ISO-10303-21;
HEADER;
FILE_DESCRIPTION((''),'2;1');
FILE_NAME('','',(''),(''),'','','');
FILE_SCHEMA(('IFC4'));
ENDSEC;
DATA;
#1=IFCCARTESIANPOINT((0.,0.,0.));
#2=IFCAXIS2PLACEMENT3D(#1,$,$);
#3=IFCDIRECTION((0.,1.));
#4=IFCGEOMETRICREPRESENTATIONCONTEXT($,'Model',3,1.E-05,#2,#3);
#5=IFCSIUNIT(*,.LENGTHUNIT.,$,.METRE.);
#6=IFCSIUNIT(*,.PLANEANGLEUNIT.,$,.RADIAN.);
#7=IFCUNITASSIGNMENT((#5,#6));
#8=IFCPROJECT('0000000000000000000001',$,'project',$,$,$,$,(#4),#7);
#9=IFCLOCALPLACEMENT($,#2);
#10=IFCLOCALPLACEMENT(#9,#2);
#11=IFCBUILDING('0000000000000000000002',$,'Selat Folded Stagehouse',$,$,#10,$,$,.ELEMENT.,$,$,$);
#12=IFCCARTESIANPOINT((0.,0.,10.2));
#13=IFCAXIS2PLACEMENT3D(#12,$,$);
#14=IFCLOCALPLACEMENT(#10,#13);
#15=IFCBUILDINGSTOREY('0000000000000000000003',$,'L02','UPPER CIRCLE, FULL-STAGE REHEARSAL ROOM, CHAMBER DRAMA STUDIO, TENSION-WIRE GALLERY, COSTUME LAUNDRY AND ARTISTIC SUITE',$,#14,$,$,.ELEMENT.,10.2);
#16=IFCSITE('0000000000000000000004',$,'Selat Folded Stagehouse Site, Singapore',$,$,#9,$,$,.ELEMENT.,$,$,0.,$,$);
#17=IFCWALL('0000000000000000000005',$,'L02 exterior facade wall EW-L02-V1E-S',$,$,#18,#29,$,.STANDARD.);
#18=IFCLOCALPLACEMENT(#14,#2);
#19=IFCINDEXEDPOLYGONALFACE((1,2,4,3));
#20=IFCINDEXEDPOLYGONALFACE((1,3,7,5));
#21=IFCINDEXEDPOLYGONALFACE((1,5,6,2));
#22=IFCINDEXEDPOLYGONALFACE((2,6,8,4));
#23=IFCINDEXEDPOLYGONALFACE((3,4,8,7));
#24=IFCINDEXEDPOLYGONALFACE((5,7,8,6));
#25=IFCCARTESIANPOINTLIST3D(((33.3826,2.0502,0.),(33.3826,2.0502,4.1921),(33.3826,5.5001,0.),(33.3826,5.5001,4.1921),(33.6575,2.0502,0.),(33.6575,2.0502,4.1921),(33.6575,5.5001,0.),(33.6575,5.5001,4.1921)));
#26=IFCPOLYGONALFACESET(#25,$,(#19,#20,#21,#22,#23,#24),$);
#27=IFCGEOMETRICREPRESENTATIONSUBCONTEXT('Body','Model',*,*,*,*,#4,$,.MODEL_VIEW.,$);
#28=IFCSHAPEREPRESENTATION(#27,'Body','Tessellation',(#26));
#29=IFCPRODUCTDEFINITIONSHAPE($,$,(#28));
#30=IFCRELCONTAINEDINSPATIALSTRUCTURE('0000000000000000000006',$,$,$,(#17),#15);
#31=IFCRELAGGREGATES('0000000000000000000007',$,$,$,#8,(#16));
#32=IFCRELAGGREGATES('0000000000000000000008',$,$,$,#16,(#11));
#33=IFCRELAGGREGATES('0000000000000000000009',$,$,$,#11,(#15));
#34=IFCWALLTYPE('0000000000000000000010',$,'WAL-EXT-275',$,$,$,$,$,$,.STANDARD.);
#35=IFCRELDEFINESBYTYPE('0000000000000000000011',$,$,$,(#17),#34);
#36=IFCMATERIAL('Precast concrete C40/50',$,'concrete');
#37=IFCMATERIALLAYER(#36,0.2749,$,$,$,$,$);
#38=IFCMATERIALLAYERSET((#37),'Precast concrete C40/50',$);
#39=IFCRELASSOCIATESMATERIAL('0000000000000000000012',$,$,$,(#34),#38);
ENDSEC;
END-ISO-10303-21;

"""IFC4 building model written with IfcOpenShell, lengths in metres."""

from ifc_helpers import new_model, si_unit, direction, frame, frame_2d, origin, place, context, subcontext, project, spatial, rectangle, extrude, material, layer, layer_set, type_object, element, save


model = new_model("IFC4")

# Units and contexts
model_context = context("Model", 3, precision=1e-05, world=origin(), true_north=direction((0.0, 1.0)))
body_context = subcontext(model_context, "Body", "Model", "MODEL_VIEW")
ifc_project = project(units=[si_unit("LENGTHUNIT", "METRE"), si_unit("PLANEANGLEUNIT", "RADIAN")], contexts=[model_context])

# Site, building, storey
site_placement = place(None, origin())
site = spatial("IfcSite", under=ifc_project, at=site_placement, Name="Selat Folded Stagehouse Site, Singapore", CompositionType="ELEMENT", RefElevation=0.0)
building_placement = place(site_placement, origin())
building = spatial("IfcBuilding", under=site, at=building_placement, Name="Selat Folded Stagehouse", CompositionType="ELEMENT")
storey_placement = place(building_placement, frame((0.0, 0.0, 10.2)))
storey = spatial("IfcBuildingStorey", under=building, at=storey_placement, Name="L02", Description="UPPER CIRCLE, FULL-STAGE REHEARSAL ROOM, CHAMBER DRAMA STUDIO, TENSION-WIRE GALLERY, COSTUME LAUNDRY AND ARTISTIC SUITE", CompositionType="ELEMENT", Elevation=10.2)

# Wall
ifc_material_1 = material(Name="Precast concrete C40/50", Category="concrete")
ifc_layer_1 = layer(ifc_material_1, 0.2749)
ifc_layer_set_1 = layer_set([ifc_layer_1], Name="Precast concrete C40/50")
wall_type = type_object("IfcWallType", Name="WAL-EXT-275", PredefinedType="STANDARD", material=ifc_layer_set_1)
wall_placement = place(storey_placement, frame((33.52, 2.05, 0.0), z_axis=(0.0, 0.0, 1.0), x_axis=(0.0, 1.0, 0.0)))
element("IfcWall", 1, at=wall_placement, inside=storey, type_object=wall_type, Name="L02 exterior facade wall EW-L02-V1E-S", PredefinedType="STANDARD", context=body_context, shape_type="SweptSolid", body=[
    extrude(rectangle(XDim=3.45, YDim=0.2749, at=frame_2d((1.7251, 0.0))), origin(), (0.0, 0.0, 1.0), 4.1921),
])

save(model, "model.ifc")
